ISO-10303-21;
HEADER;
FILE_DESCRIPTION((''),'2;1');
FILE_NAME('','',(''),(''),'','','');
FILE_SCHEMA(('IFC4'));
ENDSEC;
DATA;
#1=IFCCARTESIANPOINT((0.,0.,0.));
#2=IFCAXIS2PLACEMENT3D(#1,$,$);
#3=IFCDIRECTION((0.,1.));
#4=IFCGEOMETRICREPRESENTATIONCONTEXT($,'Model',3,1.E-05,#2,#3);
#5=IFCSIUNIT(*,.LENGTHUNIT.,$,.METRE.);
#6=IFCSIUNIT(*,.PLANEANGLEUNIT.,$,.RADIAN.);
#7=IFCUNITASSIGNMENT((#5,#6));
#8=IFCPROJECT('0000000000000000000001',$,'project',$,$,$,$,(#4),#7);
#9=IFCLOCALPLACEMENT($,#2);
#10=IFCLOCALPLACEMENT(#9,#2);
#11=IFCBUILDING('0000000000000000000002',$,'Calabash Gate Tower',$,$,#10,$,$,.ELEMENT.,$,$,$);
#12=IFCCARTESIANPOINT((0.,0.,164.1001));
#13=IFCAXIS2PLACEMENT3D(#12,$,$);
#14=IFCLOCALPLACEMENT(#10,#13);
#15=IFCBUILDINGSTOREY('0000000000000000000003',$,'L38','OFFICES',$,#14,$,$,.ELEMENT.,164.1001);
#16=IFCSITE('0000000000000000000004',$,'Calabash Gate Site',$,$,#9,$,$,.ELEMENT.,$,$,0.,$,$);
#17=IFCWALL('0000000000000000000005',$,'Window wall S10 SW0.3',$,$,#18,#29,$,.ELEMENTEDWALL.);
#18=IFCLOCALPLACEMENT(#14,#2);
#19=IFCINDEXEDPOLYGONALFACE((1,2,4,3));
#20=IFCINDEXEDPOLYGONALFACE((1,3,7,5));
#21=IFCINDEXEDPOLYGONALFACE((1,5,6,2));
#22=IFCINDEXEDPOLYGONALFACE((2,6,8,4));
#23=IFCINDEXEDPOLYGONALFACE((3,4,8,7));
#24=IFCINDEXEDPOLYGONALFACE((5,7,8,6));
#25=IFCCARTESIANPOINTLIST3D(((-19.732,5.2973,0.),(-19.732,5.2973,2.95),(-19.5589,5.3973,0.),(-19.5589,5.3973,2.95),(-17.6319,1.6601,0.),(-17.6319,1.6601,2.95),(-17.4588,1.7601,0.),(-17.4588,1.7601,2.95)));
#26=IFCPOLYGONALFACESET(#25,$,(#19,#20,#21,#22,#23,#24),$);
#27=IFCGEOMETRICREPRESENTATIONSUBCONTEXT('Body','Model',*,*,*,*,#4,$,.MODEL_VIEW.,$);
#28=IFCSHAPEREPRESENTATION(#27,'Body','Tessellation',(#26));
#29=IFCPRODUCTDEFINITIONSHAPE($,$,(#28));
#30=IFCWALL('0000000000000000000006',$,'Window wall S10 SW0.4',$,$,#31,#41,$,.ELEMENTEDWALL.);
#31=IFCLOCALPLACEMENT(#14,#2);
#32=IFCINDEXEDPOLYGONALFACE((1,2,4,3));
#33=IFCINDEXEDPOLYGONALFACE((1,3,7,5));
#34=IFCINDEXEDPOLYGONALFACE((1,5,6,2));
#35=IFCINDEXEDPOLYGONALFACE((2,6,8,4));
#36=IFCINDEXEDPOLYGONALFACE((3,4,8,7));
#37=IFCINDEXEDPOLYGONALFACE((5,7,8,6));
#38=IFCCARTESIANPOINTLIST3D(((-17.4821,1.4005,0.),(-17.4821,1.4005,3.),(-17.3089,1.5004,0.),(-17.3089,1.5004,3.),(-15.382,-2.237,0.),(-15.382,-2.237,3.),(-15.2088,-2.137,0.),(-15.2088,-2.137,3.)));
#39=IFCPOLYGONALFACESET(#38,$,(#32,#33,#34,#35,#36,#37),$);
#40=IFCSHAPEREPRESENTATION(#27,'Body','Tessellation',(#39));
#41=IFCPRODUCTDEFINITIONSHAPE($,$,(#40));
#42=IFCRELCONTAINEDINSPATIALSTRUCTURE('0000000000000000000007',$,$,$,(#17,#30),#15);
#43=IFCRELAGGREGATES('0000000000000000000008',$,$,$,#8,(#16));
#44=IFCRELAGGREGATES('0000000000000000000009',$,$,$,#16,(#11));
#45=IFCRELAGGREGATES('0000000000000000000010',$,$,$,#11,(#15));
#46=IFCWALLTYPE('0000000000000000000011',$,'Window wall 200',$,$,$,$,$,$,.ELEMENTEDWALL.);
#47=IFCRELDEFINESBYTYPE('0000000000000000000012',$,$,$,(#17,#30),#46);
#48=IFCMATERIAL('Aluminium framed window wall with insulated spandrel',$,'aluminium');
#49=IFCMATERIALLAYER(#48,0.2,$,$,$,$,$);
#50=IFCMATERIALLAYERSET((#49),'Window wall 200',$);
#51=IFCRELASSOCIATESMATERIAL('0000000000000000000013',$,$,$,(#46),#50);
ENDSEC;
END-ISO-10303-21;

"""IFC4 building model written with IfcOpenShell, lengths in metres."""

from ifc_helpers import new_model, si_unit, direction, frame, frame_2d, origin, place, context, subcontext, project, spatial, rectangle, extrude, material, layer, layer_set, type_object, element, save


model = new_model("IFC4")

# Units and contexts
model_context = context("Model", 3, precision=1e-05, world=origin(), true_north=direction((0.0, 1.0)))
body_context = subcontext(model_context, "Body", "Model", "MODEL_VIEW")
ifc_project = project(units=[si_unit("LENGTHUNIT", "METRE"), si_unit("PLANEANGLEUNIT", "RADIAN")], contexts=[model_context])

# Site, building, storey
site_placement = place(None, origin())
site = spatial("IfcSite", under=ifc_project, at=site_placement, Name="Calabash Gate Site", CompositionType="ELEMENT", RefElevation=0.0)
building_placement = place(site_placement, origin())
building = spatial("IfcBuilding", under=site, at=building_placement, Name="Calabash Gate Tower", CompositionType="ELEMENT")
storey_placement = place(building_placement, frame((0.0, 0.0, 164.1001)))
storey = spatial("IfcBuildingStorey", under=building, at=storey_placement, Name="L38", Description="OFFICES", CompositionType="ELEMENT", Elevation=164.1001)

# Walls
ifc_material_1 = material(Name="Aluminium framed window wall with insulated spandrel", Category="aluminium")
ifc_layer_1 = layer(ifc_material_1, 0.2)
ifc_layer_set_1 = layer_set([ifc_layer_1], Name="Window wall 200")
wall_type_1 = type_object("IfcWallType", Name="Window wall 200", PredefinedType="ELEMENTEDWALL", material=ifc_layer_set_1)
wall_1_placement = place(storey_placement, frame((-19.6455, 5.3474, 0.0), z_axis=(0.0, 0.0, 1.0), x_axis=(0.500028, -0.866009, 0.0)))
element("IfcWall", 1, at=wall_1_placement, inside=storey, type_object=wall_type_1, Name="Window wall S10 SW0.3", PredefinedType="ELEMENTEDWALL", context=body_context, shape_type="SweptSolid", body=[
    extrude(rectangle(XDim=4.2, YDim=0.2, at=frame_2d((2.1001, 0.0))), origin(), (0.0, 0.0, 1.0), 2.95),
])
wall_2_placement = place(storey_placement, frame((-17.3955, 1.4504, 0.0), z_axis=(0.0, 0.0, 1.0), x_axis=(0.500003, -0.866024, 0.0)))
element("IfcWall", 2, at=wall_2_placement, inside=storey, type_object=wall_type_1, Name="Window wall S10 SW0.4", PredefinedType="ELEMENTEDWALL", context=body_context, shape_type="SweptSolid", body=[
    extrude(rectangle(XDim=4.2002, YDim=0.2, at=frame_2d((2.1001, 0.0))), origin(), (0.0, 0.0, 1.0), 3.0),
])

save(model, "model.ifc")
